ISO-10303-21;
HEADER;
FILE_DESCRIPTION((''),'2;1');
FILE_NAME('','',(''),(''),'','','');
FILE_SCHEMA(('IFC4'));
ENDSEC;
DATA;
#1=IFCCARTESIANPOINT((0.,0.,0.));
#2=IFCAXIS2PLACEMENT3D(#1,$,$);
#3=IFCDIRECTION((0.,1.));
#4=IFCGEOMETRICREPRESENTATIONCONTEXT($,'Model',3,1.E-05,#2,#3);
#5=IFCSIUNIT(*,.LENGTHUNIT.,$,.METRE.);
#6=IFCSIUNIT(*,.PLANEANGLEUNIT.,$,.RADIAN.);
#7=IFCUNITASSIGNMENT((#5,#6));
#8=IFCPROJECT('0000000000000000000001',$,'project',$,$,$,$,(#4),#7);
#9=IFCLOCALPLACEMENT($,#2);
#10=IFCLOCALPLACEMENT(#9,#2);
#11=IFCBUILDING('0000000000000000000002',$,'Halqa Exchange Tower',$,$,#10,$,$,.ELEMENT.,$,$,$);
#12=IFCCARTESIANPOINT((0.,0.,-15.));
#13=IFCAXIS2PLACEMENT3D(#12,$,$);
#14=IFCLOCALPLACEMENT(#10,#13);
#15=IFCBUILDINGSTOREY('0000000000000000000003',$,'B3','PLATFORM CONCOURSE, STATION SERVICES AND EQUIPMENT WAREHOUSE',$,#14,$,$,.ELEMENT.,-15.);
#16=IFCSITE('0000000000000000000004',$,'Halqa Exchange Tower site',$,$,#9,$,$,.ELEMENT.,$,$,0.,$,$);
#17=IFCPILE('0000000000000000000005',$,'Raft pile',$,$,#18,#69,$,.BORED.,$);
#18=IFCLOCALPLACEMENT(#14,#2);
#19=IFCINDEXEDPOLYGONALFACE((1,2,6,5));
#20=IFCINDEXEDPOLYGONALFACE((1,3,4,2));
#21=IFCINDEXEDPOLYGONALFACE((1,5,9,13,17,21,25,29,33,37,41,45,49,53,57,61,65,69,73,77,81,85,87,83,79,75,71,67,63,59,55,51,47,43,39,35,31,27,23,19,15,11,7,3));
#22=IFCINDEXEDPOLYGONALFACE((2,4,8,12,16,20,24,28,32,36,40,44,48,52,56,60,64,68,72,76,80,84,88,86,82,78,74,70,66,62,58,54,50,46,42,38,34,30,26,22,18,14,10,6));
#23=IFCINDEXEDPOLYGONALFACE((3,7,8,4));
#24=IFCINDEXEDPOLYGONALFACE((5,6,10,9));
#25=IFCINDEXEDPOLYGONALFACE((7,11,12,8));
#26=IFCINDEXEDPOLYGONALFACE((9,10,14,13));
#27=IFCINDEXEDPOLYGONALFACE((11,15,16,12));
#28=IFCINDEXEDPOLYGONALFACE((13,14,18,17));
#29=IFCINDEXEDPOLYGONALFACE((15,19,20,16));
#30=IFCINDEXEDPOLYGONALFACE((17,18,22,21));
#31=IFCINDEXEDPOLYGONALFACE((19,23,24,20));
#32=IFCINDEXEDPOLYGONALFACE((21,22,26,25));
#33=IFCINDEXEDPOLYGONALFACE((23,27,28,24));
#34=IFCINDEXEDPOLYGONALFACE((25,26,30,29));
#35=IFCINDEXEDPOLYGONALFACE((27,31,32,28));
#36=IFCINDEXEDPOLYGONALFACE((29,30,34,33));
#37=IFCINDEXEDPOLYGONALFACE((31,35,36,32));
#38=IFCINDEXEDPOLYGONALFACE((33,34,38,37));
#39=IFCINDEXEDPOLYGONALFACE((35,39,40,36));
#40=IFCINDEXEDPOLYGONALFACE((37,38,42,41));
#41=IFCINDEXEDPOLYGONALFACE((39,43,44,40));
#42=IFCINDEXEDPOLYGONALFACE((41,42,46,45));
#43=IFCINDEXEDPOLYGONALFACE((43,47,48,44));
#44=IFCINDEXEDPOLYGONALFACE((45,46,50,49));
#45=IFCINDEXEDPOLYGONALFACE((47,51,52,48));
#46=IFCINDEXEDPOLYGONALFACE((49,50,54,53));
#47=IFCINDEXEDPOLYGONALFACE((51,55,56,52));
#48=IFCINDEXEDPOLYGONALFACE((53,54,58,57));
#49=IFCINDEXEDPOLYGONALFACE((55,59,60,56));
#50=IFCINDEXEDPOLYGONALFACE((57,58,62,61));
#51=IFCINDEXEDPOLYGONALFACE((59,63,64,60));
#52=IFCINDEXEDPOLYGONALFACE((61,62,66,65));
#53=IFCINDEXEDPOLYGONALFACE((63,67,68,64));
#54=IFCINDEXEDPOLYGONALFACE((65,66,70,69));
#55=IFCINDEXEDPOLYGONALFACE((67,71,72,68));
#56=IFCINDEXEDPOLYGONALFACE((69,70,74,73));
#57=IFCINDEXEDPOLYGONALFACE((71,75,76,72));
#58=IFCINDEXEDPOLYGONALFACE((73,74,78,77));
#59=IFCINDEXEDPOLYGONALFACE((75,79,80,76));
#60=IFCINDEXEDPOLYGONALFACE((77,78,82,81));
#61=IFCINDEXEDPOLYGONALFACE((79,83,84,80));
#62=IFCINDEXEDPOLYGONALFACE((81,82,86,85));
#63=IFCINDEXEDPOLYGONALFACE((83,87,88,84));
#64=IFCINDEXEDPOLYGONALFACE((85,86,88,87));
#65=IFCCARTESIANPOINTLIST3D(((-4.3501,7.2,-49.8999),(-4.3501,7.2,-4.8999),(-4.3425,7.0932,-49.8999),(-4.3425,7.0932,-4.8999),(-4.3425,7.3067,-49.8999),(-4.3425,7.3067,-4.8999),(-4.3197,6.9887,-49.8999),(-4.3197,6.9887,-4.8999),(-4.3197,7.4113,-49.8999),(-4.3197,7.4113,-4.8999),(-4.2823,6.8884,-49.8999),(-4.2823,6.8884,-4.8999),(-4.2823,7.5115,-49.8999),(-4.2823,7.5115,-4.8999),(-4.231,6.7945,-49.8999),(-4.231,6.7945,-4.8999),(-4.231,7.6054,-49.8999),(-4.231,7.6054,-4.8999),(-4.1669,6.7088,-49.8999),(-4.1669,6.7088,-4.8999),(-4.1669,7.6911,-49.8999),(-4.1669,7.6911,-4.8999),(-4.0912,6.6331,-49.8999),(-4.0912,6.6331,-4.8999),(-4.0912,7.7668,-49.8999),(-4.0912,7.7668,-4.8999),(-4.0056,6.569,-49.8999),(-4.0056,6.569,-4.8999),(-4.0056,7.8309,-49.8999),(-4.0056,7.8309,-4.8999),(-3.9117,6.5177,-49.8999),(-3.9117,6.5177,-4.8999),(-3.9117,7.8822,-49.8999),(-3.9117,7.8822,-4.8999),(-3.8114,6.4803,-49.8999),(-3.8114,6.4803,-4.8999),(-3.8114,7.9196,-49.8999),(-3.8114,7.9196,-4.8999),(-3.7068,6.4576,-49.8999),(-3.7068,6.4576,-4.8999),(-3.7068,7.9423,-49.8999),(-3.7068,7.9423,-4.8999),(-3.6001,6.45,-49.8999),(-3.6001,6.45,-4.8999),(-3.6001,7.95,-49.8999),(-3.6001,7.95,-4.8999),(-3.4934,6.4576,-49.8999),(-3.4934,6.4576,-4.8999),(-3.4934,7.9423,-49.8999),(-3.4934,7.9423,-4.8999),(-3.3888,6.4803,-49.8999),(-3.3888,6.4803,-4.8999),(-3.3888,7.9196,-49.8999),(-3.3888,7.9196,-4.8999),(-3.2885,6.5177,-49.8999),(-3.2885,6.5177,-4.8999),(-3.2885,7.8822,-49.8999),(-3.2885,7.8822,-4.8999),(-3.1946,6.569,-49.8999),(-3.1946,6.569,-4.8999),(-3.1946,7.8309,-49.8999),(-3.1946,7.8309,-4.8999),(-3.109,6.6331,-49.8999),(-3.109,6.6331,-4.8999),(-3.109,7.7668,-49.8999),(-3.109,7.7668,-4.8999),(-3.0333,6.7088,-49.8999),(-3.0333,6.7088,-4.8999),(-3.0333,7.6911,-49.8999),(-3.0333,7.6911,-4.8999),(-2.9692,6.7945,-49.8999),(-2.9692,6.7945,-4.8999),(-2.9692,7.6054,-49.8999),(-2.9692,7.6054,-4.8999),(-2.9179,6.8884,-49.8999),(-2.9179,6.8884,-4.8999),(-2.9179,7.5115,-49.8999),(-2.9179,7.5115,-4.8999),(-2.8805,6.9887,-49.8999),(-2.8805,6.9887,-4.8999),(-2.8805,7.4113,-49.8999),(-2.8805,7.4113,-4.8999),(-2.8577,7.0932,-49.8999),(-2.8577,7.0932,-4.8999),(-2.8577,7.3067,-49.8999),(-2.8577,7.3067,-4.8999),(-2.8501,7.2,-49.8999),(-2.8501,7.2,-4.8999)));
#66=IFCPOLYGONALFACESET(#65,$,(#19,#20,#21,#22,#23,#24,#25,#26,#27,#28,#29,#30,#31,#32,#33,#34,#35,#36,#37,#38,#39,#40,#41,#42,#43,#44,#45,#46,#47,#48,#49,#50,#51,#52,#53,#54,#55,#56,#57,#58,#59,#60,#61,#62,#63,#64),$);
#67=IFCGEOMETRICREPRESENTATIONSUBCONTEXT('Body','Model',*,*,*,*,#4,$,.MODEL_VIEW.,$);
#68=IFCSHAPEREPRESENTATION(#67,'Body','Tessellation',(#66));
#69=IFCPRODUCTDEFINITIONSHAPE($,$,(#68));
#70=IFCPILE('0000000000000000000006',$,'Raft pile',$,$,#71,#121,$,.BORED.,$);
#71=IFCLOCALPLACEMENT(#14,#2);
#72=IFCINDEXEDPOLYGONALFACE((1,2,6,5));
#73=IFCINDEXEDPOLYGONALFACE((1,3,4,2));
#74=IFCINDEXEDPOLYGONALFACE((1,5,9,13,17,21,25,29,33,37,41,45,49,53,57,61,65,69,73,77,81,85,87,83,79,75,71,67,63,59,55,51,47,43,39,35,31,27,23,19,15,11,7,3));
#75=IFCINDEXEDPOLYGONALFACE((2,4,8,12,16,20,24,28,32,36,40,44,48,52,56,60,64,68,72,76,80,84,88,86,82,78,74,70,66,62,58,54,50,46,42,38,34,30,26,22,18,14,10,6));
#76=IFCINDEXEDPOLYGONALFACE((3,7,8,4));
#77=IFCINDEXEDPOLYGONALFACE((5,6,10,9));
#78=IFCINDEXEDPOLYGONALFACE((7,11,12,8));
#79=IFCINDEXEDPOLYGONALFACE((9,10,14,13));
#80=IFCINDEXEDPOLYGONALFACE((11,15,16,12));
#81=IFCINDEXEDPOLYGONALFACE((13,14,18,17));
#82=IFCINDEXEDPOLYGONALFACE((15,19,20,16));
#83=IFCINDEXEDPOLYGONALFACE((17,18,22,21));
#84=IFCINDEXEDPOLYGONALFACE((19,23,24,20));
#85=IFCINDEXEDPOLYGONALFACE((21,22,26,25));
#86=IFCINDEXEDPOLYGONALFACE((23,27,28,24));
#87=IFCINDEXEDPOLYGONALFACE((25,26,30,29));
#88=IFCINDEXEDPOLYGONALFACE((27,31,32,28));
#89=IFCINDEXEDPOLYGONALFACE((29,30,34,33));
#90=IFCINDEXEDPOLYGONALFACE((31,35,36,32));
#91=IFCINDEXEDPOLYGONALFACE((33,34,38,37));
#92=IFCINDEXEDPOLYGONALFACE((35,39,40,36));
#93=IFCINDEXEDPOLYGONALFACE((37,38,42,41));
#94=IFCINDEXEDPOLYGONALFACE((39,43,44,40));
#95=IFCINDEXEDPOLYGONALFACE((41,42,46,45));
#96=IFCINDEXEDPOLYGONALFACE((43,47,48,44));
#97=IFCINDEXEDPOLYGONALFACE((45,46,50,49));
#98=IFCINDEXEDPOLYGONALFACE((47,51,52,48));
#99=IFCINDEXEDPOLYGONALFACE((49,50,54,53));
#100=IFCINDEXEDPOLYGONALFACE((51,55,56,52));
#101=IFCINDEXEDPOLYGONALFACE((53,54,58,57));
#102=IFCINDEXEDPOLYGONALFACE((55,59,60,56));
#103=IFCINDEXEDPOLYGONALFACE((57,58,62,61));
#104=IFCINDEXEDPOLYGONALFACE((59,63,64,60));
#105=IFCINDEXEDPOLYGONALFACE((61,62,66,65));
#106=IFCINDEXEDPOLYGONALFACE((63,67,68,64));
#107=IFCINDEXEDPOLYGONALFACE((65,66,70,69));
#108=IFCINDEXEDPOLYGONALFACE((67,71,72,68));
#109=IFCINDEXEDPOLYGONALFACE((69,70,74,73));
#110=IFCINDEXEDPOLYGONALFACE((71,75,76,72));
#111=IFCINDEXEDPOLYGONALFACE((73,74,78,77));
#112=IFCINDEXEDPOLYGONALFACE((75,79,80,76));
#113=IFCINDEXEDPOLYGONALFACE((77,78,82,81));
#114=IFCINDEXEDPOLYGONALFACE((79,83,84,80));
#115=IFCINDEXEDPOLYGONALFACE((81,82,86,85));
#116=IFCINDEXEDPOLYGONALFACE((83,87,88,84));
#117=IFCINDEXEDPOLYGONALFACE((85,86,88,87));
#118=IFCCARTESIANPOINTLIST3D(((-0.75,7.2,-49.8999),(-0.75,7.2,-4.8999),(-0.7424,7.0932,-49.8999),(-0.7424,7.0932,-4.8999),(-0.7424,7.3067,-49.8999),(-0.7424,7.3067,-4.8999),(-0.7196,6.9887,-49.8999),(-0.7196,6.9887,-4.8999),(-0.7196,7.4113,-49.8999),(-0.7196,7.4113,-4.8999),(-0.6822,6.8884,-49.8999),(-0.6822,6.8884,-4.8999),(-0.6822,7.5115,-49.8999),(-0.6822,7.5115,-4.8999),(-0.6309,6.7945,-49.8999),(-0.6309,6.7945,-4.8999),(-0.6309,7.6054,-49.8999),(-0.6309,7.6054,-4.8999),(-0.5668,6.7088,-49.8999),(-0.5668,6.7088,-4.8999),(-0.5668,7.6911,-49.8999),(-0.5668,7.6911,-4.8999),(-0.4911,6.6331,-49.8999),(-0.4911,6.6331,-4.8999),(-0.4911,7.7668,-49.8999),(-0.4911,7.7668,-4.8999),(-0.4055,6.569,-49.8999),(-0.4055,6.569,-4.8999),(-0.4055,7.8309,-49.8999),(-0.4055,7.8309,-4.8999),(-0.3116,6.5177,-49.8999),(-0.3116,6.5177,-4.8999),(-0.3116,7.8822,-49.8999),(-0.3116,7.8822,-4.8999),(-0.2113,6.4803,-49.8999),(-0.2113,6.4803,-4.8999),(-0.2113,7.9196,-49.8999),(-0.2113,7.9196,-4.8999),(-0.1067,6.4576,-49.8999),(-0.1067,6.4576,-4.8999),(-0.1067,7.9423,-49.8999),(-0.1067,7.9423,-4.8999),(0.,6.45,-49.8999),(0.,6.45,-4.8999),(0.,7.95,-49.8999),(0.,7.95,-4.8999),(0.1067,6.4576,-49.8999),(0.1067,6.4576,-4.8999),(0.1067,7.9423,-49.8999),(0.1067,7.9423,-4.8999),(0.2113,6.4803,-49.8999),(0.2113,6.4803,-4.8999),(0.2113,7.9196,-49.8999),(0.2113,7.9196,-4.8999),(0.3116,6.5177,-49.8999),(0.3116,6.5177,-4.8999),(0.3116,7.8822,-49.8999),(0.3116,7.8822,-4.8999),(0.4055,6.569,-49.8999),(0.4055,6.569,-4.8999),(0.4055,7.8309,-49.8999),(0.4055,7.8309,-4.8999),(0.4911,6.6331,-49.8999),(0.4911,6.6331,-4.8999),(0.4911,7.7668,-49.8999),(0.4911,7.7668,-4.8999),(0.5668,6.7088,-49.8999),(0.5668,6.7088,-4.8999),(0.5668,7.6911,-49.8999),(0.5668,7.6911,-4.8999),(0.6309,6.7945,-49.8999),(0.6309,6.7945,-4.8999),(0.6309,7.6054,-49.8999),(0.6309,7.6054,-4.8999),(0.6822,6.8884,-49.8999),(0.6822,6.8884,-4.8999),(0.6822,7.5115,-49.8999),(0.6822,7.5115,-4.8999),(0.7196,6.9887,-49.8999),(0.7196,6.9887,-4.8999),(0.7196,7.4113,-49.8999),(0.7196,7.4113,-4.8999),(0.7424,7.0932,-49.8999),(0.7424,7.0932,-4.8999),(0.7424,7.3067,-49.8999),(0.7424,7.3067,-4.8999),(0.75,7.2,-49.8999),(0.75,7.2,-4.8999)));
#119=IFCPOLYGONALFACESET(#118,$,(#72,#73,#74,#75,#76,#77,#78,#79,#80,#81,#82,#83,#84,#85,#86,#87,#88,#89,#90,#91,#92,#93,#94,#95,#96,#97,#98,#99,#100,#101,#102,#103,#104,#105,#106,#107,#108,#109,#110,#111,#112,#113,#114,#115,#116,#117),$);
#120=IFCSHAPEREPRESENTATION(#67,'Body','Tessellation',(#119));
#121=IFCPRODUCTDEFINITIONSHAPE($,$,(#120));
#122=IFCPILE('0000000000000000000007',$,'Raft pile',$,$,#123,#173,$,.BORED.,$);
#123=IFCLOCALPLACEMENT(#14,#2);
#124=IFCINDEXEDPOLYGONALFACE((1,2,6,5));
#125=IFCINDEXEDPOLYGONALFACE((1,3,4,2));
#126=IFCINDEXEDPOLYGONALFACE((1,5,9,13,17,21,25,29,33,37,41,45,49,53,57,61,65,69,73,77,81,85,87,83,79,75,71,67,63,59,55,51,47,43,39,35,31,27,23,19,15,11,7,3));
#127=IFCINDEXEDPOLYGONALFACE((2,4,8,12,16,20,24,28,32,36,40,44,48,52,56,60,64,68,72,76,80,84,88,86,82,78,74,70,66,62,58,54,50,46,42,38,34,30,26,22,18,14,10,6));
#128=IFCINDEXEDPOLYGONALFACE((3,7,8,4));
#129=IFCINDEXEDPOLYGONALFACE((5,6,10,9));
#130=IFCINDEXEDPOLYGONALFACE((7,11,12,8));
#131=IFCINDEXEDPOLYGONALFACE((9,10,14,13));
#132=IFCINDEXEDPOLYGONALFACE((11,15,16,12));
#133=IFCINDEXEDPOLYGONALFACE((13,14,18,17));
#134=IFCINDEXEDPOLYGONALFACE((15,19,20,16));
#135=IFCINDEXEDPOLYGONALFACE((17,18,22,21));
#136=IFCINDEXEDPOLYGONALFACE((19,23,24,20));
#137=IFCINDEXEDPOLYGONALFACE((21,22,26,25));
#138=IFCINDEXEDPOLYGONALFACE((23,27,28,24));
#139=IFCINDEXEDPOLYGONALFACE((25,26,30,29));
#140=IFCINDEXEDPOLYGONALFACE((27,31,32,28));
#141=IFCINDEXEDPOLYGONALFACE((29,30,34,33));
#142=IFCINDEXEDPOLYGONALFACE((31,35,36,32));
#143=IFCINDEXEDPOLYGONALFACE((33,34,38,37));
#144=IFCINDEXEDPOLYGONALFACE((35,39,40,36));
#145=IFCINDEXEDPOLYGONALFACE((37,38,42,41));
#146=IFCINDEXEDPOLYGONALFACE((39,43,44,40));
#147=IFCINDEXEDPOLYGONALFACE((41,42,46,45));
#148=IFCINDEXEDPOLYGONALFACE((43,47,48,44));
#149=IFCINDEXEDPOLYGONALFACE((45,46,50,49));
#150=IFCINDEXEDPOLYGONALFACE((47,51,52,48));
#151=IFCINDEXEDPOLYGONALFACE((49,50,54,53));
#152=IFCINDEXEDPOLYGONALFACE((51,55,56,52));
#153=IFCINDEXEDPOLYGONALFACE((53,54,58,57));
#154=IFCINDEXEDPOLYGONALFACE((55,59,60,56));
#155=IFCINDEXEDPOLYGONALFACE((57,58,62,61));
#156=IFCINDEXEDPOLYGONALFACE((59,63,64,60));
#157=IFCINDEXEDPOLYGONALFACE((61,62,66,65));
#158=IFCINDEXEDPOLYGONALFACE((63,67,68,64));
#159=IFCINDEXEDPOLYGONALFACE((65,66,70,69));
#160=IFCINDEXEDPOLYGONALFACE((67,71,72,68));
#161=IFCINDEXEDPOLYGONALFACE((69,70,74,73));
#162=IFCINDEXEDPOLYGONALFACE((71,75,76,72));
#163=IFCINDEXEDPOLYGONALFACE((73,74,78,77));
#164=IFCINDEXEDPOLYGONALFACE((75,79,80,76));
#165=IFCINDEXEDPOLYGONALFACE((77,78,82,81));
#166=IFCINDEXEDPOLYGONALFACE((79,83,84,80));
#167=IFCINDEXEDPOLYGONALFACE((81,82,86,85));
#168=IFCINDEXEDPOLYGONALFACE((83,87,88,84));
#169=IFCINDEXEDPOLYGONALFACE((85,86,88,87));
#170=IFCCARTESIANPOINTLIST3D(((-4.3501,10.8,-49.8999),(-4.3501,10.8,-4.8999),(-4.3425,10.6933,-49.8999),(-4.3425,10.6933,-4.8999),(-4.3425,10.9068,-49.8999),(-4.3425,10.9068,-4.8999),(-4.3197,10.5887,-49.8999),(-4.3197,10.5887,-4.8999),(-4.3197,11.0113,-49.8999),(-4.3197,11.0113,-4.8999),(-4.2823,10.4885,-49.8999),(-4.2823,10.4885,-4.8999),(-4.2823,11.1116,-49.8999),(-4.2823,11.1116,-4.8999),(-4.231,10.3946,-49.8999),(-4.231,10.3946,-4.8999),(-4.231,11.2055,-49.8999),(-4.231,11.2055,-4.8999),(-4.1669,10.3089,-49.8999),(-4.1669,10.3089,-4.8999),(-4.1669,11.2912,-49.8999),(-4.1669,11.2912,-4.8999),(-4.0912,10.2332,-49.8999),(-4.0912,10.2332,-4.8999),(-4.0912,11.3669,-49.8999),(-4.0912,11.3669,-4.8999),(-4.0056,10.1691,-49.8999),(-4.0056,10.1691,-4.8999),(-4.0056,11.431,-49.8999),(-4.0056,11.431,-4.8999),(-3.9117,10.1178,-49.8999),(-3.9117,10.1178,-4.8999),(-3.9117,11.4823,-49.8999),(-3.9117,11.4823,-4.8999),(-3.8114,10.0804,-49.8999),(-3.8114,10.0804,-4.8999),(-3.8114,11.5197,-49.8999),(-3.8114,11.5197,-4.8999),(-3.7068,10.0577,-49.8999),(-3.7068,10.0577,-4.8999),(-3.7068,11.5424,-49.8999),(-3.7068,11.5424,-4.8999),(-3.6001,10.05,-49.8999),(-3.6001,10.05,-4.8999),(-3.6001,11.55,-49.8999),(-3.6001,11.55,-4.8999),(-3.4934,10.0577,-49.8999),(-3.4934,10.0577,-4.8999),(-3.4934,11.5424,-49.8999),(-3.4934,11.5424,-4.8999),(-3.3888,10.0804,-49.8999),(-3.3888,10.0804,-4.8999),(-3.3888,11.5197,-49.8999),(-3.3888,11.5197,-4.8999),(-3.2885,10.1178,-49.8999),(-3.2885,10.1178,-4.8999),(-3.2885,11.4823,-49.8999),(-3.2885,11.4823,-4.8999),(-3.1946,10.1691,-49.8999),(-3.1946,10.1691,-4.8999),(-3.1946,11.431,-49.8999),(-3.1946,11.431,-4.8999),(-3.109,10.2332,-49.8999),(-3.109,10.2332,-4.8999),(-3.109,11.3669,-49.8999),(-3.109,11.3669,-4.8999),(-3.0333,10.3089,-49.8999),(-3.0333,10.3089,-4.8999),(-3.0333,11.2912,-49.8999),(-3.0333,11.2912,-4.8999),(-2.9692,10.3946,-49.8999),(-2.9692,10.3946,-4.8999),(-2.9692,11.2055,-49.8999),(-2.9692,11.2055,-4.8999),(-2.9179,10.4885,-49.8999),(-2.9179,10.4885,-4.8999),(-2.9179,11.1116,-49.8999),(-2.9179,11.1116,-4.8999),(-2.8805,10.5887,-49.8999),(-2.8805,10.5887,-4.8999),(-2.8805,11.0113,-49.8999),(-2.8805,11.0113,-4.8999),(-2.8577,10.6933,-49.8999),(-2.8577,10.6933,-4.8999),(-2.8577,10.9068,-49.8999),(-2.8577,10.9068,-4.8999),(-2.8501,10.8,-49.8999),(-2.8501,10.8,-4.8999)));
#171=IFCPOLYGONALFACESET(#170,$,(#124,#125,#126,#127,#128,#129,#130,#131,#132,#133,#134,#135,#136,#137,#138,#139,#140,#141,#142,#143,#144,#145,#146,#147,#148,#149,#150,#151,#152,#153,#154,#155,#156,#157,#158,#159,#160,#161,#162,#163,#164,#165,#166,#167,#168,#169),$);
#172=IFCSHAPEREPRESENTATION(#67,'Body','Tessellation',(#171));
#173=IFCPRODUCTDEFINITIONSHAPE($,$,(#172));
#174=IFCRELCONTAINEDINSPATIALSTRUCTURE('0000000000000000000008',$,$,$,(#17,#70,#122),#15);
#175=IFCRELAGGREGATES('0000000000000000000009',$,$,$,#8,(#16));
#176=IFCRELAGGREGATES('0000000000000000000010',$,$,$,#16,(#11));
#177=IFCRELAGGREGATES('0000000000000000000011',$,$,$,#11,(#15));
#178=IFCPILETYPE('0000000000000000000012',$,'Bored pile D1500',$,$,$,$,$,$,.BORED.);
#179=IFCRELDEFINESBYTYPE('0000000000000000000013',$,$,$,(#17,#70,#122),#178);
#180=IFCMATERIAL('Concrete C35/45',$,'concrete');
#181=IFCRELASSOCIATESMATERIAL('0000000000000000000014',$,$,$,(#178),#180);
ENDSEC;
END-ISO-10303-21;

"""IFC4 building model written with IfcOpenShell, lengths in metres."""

from ifc_helpers import new_model, si_unit, direction, frame, origin, origin_2d, place, context, subcontext, project, spatial, circle, extrude, material, material_profile, profile_set, type_object, element, save


model = new_model("IFC4")

# Units and contexts
model_context = context("Model", 3, precision=1e-05, world=origin(), true_north=direction((0.0, 1.0)))
body_context = subcontext(model_context, "Body", "Model", "MODEL_VIEW")
ifc_project = project(units=[si_unit("LENGTHUNIT", "METRE"), si_unit("PLANEANGLEUNIT", "RADIAN")], contexts=[model_context])

# Site, building, storey
site_placement = place(None, origin())
site = spatial("IfcSite", under=ifc_project, at=site_placement, Name="Halqa Exchange Tower site", CompositionType="ELEMENT", RefElevation=0.0)
building_placement = place(site_placement, origin())
building = spatial("IfcBuilding", under=site, at=building_placement, Name="Halqa Exchange Tower", CompositionType="ELEMENT")
storey_placement = place(building_placement, frame((0.0, 0.0, -15.0)))
storey = spatial("IfcBuildingStorey", under=building, at=storey_placement, Name="B3", Description="PLATFORM CONCOURSE, STATION SERVICES AND EQUIPMENT WAREHOUSE", CompositionType="ELEMENT", Elevation=-15.0)

# Piles
ifc_material_1 = material(Name="Concrete C35/45", Category="concrete")
ifc_material_profile = material_profile(ifc_material_1, circle(Radius=0.75, at=origin_2d()), Name="D1500")
ifc_profile_set = profile_set([ifc_material_profile], Name="Concrete C35/45")
pile_type = type_object("IfcPileType", Name="Bored pile D1500", PredefinedType="BORED", material=ifc_profile_set)
for number, where, z_axis, x_axis, name in (
    (1, (-3.6001, 7.2, -4.8999), (0.0, 0.0, -1.0), (1.0, 0.0, 0.0), "Raft pile"),
    (2, (0.0, 7.2, -4.8999), (0.0, 0.0, -1.0), (1.0, 0.0, 0.0), "Raft pile"),
    (3, (-3.6001, 10.8, -4.8999), (0.0, 0.0, -1.0), (1.0, 0.0, 0.0), "Raft pile"),
):
    element("IfcPile", number, at=place(storey_placement, frame(where, z_axis=z_axis, x_axis=x_axis)), inside=storey, type_object=pile_type, Name=name, PredefinedType="BORED", context=body_context, shape_type="SweptSolid", body=[
        extrude(circle(Radius=0.75, at=origin_2d()), origin(), (0.0, 0.0, 1.0), 45.0),
    ])

save(model, "model.ifc")
